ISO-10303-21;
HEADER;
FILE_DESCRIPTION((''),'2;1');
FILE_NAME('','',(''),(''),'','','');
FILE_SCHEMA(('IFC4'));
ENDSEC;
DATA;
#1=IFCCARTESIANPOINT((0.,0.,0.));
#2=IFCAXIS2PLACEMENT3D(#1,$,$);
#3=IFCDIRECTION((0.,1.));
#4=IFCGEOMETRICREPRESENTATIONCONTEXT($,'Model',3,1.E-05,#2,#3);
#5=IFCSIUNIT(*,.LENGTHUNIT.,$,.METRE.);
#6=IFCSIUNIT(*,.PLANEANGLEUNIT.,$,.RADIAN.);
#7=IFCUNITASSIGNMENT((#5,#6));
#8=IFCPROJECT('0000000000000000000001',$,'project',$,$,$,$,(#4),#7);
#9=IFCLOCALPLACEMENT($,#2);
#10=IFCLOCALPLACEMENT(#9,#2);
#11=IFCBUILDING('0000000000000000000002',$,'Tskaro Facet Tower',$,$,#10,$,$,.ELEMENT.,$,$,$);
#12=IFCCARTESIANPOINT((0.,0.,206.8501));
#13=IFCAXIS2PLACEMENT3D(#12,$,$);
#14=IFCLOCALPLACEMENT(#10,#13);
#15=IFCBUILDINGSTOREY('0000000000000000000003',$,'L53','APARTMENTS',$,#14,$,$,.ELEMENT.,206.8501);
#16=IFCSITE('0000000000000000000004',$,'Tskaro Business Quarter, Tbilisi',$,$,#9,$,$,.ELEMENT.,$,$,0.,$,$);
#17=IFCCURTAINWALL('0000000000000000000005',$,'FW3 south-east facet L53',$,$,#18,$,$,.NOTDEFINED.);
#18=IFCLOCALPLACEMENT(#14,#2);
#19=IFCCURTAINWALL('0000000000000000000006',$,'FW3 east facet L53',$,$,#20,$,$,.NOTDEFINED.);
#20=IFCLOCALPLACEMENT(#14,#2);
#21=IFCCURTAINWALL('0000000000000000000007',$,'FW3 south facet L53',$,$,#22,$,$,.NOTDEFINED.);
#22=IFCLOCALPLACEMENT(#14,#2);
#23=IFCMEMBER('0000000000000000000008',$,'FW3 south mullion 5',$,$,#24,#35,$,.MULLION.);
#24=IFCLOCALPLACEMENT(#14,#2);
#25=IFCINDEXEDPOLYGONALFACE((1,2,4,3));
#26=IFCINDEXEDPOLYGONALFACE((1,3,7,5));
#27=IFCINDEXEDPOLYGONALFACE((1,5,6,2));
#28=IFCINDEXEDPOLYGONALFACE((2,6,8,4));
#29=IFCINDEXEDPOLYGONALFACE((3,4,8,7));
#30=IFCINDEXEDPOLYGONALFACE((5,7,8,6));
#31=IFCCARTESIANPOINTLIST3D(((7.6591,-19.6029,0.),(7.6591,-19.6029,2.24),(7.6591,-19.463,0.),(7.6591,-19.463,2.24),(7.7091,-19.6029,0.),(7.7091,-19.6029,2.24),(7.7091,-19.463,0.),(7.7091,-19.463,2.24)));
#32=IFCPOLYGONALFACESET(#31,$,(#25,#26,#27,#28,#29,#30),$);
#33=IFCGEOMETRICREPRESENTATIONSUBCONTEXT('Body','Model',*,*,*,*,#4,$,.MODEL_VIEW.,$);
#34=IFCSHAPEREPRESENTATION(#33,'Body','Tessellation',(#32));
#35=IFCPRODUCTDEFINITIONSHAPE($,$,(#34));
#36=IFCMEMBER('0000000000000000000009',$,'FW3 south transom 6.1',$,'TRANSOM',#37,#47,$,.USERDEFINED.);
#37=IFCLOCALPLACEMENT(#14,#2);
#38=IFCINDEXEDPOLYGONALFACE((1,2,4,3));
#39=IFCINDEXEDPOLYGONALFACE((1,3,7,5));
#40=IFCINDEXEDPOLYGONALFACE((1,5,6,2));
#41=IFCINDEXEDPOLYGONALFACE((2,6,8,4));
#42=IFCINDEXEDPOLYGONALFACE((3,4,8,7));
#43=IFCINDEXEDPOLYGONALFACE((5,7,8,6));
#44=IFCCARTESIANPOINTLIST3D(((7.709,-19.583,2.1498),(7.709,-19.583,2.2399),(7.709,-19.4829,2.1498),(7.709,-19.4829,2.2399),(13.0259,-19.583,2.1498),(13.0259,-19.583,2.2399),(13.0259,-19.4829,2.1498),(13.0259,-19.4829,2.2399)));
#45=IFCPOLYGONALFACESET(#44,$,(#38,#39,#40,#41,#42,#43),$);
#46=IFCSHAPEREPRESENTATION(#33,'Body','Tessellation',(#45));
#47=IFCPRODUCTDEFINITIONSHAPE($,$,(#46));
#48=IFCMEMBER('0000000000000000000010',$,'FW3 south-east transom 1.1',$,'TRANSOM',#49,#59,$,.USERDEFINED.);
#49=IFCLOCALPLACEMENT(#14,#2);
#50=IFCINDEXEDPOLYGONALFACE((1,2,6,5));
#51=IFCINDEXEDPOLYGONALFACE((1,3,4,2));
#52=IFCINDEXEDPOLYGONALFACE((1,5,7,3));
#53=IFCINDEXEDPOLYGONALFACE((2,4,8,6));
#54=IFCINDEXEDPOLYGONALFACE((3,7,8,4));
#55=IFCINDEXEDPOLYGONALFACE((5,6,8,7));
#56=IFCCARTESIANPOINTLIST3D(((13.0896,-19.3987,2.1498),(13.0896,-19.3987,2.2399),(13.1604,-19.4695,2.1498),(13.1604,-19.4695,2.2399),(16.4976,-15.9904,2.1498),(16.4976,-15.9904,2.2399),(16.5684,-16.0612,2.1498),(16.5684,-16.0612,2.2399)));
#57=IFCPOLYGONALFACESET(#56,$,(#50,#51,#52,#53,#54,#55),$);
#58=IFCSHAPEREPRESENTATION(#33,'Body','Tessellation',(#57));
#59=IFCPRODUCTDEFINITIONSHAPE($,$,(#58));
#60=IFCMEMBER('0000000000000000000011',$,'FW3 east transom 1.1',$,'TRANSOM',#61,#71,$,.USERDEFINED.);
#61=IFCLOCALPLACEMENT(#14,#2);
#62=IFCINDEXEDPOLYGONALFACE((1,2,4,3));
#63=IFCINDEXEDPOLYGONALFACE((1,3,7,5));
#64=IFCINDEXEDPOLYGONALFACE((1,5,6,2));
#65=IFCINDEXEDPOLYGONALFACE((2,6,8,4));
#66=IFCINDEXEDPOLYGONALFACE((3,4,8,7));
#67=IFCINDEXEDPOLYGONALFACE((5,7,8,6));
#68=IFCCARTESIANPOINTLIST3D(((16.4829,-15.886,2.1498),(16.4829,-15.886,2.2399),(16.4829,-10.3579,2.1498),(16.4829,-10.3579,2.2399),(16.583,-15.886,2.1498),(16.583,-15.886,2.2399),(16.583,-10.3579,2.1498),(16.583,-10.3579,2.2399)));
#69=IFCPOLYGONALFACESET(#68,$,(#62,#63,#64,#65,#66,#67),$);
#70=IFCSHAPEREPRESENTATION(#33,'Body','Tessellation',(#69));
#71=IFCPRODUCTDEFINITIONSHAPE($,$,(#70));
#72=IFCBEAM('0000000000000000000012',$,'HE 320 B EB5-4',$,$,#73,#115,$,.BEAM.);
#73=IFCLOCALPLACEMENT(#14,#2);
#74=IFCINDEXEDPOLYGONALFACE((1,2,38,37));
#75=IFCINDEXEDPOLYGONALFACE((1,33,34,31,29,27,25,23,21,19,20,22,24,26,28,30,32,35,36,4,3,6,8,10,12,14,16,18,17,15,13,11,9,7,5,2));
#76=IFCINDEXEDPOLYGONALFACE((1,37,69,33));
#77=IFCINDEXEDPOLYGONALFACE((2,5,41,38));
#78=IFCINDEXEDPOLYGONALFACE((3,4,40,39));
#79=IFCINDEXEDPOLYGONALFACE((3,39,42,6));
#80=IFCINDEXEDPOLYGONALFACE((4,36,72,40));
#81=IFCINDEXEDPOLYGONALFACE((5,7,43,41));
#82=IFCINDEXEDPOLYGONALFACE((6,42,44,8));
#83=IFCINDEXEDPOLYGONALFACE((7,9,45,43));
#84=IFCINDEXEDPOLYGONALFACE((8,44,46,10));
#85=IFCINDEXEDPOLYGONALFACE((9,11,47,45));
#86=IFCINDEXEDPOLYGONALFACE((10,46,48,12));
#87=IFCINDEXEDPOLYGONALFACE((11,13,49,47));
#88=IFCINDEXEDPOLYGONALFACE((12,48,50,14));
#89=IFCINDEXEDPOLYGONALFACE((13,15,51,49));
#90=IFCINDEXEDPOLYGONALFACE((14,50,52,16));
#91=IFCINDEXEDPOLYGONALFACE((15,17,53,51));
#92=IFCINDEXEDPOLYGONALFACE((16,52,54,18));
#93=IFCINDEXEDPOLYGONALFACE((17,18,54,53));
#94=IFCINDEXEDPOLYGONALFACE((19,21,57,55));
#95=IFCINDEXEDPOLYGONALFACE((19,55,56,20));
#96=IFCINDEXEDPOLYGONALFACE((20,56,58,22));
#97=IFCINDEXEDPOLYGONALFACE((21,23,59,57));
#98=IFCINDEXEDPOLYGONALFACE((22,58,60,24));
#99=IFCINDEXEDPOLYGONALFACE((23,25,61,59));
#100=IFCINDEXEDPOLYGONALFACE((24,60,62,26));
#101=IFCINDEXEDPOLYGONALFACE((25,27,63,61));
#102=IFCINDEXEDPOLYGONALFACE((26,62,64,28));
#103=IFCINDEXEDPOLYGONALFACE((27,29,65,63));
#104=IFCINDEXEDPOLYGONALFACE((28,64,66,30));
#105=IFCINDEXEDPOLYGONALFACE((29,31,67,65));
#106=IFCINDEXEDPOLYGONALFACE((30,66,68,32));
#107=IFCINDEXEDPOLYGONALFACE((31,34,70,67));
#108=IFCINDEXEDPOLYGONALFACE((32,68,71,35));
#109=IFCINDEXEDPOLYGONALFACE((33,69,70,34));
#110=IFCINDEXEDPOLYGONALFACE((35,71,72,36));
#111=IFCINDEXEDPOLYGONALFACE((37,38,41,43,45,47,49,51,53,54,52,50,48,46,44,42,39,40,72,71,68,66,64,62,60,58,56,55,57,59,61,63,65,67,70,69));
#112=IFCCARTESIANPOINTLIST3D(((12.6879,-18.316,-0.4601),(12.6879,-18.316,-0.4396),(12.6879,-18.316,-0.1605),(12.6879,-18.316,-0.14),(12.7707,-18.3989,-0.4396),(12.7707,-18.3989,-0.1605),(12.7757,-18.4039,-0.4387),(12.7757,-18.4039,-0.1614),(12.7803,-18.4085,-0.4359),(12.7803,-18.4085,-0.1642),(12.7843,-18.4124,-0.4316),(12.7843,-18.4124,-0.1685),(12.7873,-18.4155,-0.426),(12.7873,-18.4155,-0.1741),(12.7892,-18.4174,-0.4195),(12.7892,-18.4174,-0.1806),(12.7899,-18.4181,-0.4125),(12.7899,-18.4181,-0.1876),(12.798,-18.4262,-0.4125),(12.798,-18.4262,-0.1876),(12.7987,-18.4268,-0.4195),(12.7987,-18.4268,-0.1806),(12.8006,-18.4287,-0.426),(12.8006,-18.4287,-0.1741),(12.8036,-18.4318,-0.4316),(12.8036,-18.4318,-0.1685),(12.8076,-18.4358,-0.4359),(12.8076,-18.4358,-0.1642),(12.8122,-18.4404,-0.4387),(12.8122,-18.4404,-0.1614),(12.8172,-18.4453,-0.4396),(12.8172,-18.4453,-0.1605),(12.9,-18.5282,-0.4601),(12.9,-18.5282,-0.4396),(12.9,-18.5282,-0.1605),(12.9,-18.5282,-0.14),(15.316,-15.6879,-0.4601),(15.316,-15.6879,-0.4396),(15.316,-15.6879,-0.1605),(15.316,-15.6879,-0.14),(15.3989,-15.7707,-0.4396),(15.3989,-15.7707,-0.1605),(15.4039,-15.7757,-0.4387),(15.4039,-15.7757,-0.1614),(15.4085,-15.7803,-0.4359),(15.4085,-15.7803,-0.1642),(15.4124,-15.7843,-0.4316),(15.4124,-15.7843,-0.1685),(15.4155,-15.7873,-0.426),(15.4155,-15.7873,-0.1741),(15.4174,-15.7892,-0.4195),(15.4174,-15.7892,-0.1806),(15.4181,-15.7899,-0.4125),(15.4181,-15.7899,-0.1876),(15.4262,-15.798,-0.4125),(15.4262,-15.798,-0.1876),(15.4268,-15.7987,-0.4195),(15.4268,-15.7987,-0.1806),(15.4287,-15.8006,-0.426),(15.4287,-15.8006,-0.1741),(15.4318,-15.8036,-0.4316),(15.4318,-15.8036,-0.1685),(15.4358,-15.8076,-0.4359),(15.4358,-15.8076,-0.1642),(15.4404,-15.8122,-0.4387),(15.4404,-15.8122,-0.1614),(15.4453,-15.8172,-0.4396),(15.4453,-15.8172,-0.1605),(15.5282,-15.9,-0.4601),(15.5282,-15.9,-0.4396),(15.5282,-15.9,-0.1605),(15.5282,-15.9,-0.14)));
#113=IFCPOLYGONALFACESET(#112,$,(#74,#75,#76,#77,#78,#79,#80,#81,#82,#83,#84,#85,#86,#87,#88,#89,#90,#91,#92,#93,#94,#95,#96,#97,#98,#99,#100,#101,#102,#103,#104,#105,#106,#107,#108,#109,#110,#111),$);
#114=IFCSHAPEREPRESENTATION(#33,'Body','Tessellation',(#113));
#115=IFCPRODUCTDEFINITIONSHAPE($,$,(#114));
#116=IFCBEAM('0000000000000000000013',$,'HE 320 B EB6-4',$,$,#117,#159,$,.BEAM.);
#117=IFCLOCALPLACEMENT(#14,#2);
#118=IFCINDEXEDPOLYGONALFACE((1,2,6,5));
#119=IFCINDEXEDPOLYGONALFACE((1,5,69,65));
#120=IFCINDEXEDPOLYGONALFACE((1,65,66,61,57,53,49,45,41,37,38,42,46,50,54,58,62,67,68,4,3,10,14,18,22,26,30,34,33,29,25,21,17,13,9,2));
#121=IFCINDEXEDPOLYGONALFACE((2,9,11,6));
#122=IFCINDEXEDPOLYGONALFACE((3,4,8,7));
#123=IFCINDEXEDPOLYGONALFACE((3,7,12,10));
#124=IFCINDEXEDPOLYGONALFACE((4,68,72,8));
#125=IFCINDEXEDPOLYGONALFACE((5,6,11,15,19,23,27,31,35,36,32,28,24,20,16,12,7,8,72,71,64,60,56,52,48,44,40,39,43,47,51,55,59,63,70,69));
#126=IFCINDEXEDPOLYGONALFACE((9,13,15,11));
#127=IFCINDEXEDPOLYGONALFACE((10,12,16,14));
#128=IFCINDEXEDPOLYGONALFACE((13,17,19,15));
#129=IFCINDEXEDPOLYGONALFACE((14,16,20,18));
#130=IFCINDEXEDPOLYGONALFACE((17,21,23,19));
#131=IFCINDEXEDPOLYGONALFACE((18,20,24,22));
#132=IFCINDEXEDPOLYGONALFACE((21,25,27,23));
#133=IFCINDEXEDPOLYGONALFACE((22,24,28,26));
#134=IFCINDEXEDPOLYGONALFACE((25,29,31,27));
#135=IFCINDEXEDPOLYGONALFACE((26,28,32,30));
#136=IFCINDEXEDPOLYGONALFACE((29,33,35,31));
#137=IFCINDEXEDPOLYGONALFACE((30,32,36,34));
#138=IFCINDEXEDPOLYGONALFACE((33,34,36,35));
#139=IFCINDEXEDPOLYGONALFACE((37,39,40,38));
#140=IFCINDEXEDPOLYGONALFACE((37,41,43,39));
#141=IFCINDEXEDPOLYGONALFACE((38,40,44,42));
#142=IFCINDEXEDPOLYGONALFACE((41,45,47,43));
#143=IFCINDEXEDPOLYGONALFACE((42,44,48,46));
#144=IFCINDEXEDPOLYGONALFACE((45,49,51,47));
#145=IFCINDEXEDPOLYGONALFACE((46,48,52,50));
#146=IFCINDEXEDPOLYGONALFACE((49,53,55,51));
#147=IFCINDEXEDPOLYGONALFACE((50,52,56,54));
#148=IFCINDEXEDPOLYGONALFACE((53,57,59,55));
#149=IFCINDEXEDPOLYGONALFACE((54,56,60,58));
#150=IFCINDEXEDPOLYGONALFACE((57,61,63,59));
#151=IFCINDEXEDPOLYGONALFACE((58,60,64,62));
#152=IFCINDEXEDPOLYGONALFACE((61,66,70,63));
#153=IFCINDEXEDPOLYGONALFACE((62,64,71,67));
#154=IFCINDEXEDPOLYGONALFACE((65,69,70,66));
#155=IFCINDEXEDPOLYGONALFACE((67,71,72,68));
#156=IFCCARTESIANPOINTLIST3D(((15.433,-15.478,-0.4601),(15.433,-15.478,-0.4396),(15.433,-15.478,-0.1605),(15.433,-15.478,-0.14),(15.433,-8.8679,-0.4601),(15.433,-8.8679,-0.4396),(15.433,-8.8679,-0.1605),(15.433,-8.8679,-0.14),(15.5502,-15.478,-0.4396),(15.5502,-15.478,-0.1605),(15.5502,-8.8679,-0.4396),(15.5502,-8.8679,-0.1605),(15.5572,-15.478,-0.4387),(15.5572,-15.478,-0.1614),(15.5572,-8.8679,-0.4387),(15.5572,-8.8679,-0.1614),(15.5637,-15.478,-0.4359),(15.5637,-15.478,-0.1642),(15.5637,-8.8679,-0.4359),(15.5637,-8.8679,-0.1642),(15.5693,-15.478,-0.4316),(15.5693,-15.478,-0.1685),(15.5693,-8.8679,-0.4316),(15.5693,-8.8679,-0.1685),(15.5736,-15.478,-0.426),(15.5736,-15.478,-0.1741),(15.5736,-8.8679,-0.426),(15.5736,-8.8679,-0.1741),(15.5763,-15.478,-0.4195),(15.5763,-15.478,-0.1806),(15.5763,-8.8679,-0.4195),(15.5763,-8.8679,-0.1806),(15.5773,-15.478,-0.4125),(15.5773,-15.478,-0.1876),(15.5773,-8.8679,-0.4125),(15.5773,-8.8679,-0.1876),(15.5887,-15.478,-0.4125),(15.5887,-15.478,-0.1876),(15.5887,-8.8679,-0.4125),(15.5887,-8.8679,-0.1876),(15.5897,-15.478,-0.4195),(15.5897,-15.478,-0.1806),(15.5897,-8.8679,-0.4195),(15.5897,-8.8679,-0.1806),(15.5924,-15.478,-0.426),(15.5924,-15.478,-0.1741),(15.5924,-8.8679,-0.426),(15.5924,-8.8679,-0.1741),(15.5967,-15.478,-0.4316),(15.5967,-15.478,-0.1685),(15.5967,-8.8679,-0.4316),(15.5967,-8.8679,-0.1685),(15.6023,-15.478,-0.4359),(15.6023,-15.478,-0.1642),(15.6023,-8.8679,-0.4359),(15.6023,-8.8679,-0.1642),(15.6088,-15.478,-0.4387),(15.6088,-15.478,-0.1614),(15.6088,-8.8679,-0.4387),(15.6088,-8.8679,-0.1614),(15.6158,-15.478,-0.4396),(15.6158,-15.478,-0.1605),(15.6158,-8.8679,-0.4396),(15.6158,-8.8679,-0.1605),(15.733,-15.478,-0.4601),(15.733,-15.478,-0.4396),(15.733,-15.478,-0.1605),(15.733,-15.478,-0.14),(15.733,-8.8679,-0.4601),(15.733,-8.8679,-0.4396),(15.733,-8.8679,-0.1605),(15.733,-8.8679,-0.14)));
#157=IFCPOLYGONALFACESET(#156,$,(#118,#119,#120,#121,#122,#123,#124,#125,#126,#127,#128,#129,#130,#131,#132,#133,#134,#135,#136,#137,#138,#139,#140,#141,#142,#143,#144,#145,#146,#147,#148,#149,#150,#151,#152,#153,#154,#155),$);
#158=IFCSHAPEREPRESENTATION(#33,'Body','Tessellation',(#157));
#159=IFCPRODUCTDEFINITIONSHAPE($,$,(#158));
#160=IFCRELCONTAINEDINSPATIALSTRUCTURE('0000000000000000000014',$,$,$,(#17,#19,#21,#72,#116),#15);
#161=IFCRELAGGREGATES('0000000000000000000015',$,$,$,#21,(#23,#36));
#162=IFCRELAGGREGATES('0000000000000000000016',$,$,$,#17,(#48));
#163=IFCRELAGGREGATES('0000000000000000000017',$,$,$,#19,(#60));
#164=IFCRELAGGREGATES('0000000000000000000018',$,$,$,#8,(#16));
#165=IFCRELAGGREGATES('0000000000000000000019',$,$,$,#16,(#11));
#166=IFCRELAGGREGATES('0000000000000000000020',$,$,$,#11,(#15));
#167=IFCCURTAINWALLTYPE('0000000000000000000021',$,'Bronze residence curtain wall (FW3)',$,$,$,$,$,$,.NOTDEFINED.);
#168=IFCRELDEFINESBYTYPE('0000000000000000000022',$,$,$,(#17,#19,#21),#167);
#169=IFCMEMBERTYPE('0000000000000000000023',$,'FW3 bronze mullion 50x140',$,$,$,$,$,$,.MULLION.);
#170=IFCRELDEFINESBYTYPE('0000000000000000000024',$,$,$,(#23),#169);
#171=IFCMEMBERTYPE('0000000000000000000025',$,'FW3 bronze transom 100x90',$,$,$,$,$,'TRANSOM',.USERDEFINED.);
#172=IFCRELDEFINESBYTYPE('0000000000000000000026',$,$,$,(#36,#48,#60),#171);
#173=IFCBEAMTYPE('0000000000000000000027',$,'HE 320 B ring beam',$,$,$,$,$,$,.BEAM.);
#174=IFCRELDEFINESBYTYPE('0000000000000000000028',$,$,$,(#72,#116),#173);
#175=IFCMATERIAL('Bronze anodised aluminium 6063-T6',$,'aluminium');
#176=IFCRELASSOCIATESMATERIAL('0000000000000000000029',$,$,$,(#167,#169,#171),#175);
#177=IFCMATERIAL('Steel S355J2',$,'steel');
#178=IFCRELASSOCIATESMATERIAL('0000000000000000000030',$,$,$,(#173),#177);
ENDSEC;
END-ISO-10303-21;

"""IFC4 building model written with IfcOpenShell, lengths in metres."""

from ifc_helpers import new_model, si_unit, direction, frame, origin, origin_2d, place, context, subcontext, project, spatial, rectangle, i_section, extrude, material, material_profile, profile_set, type_object, element, aggregate, save


model = new_model("IFC4")

# Units and contexts
model_context = context("Model", 3, precision=1e-05, world=origin(), true_north=direction((0.0, 1.0)))
body_context = subcontext(model_context, "Body", "Model", "MODEL_VIEW")
ifc_project = project(units=[si_unit("LENGTHUNIT", "METRE"), si_unit("PLANEANGLEUNIT", "RADIAN")], contexts=[model_context])

# Site, building, storey
site_placement = place(None, origin())
site = spatial("IfcSite", under=ifc_project, at=site_placement, Name="Tskaro Business Quarter, Tbilisi", CompositionType="ELEMENT", RefElevation=0.0)
building_placement = place(site_placement, origin())
building = spatial("IfcBuilding", under=site, at=building_placement, Name="Tskaro Facet Tower", CompositionType="ELEMENT")
storey_placement = place(building_placement, frame((0.0, 0.0, 206.8501)))
storey = spatial("IfcBuildingStorey", under=building, at=storey_placement, Name="L53", Description="APARTMENTS", CompositionType="ELEMENT", Elevation=206.8501)

# Curtain walls
ifc_material_1 = material(Name="Bronze anodised aluminium 6063-T6", Category="aluminium")
curtain_wall_type = type_object("IfcCurtainWallType", Name="Bronze residence curtain wall (FW3)", PredefinedType="NOTDEFINED", material=ifc_material_1)
curtain_wall_1_placement = place(storey_placement, origin())
curtain_wall_1 = element("IfcCurtainWall", 1, at=curtain_wall_1_placement, inside=storey, type_object=curtain_wall_type, Name="FW3 south-east facet L53", PredefinedType="NOTDEFINED")
curtain_wall_2_placement = place(storey_placement, origin())
curtain_wall_2 = element("IfcCurtainWall", 2, at=curtain_wall_2_placement, inside=storey, type_object=curtain_wall_type, Name="FW3 east facet L53", PredefinedType="NOTDEFINED")

# Curtain wall, members
curtain_wall_3_placement = place(storey_placement, origin())
curtain_wall_3 = element("IfcCurtainWall", 3, at=curtain_wall_3_placement, inside=storey, type_object=curtain_wall_type, Name="FW3 south facet L53", PredefinedType="NOTDEFINED")
ifc_material_profile_1 = material_profile(ifc_material_1, rectangle(XDim=0.05, YDim=0.1399, at=origin_2d()), Name="Mullion 50x140")
ifc_profile_set_1 = profile_set([ifc_material_profile_1], Name="Bronze anodised aluminium 6063-T6")
member_type_1 = type_object("IfcMemberType", Name="FW3 bronze mullion 50x140", PredefinedType="MULLION", material=ifc_profile_set_1)
member_1_placement = place(storey_placement, frame((7.6841, -19.533, 0.0), z_axis=(0.0, 0.0, 1.0), x_axis=(1.0, 0.0, 0.0)))
member_1 = element("IfcMember", 4, at=member_1_placement, type_object=member_type_1, Name="FW3 south mullion 5", PredefinedType="MULLION", context=body_context, shape_type="SweptSolid", body=[
    extrude(rectangle(XDim=0.05, YDim=0.1399, at=origin_2d()), origin(), (0.0, 0.0, 1.0), 2.24),
])
ifc_material_profile_2 = material_profile(ifc_material_1, rectangle(XDim=0.1001, YDim=0.0901, at=origin_2d()), Name="Transom 100x90")
ifc_profile_set_2 = profile_set([ifc_material_profile_2], Name="Bronze anodised aluminium 6063-T6")
member_type_2 = type_object("IfcMemberType", Name="FW3 bronze transom 100x90", ElementType="TRANSOM", PredefinedType="USERDEFINED", material=ifc_profile_set_2)
member_2_placement = place(storey_placement, frame((7.709, -19.533, 2.1948), z_axis=(1.0, 0.0, 0.0), x_axis=(0.0, 1.0, 0.0)))
member_2 = element("IfcMember", 5, at=member_2_placement, type_object=member_type_2, Name="FW3 south transom 6.1", ObjectType="TRANSOM", PredefinedType="USERDEFINED", context=body_context, shape_type="SweptSolid", body=[
    extrude(rectangle(XDim=0.1001, YDim=0.0901, at=origin_2d()), origin(), (0.0, 0.0, 1.0), 5.3169),
])

# Members
member_3_placement = place(storey_placement, frame((13.125, -19.4341, 2.1948), z_axis=(0.707081, 0.707132, 0.0), x_axis=(-0.707132, 0.707081, 0.0)))
member_3 = element("IfcMember", 6, at=member_3_placement, type_object=member_type_2, Name="FW3 south-east transom 1.1", ObjectType="TRANSOM", PredefinedType="USERDEFINED", context=body_context, shape_type="SweptSolid", body=[
    extrude(rectangle(XDim=0.1001, YDim=0.0901, at=origin_2d()), origin(), (0.0, 0.0, 1.0), 4.8198),
])
member_4_placement = place(storey_placement, frame((16.533, -15.886, 2.1948), z_axis=(0.0, 1.0, 0.0), x_axis=(-1.0, 0.0, 0.0)))
member_4 = element("IfcMember", 7, at=member_4_placement, type_object=member_type_2, Name="FW3 east transom 1.1", ObjectType="TRANSOM", PredefinedType="USERDEFINED", context=body_context, shape_type="SweptSolid", body=[
    extrude(rectangle(XDim=0.1001, YDim=0.0901, at=origin_2d()), origin(), (0.0, 0.0, 1.0), 5.5281),
])

# Beams
ifc_material_2 = material(Name="Steel S355J2", Category="steel")
ifc_material_profile_3 = material_profile(ifc_material_2, i_section(OverallWidth=0.3, OverallDepth=0.3201, WebThickness=0.0115, FlangeThickness=0.0205, FilletRadius=0.0271, at=origin_2d()), Name="HE 320 B")
ifc_profile_set_3 = profile_set([ifc_material_profile_3], Name="Steel S355J2")
beam_type_1 = type_object("IfcBeamType", Name="HE 320 B ring beam", PredefinedType="BEAM", material=ifc_profile_set_3)
beam_1_placement = place(storey_placement, frame((12.7939, -18.4221, -0.3), z_axis=(0.707107, 0.707107, 0.0), x_axis=(-0.707107, 0.707107, 0.0)))
element("IfcBeam", 8, at=beam_1_placement, inside=storey, type_object=beam_type_1, Name="HE 320 B EB5-4", PredefinedType="BEAM", context=body_context, shape_type="SweptSolid", body=[
    extrude(i_section(OverallWidth=0.3, OverallDepth=0.3201, WebThickness=0.0115, FlangeThickness=0.0205, FilletRadius=0.0271, at=origin_2d()), origin(), (0.0, 0.0, 1.0), 3.7168),
])
beam_2_placement = place(storey_placement, frame((15.583, -15.478, -0.3), z_axis=(0.0, 1.0, 0.0), x_axis=(-1.0, 0.0, 0.0)))
element("IfcBeam", 9, at=beam_2_placement, inside=storey, type_object=beam_type_1, Name="HE 320 B EB6-4", PredefinedType="BEAM", context=body_context, shape_type="SweptSolid", body=[
    extrude(i_section(OverallWidth=0.3, OverallDepth=0.3201, WebThickness=0.0115, FlangeThickness=0.0205, FilletRadius=0.0271, at=origin_2d()), origin(), (0.0, 0.0, 1.0), 6.6101),
])

aggregate(curtain_wall_3, [member_1, member_2])
aggregate(curtain_wall_1, [member_3])
aggregate(curtain_wall_2, [member_4])

save(model, "model.ifc")
